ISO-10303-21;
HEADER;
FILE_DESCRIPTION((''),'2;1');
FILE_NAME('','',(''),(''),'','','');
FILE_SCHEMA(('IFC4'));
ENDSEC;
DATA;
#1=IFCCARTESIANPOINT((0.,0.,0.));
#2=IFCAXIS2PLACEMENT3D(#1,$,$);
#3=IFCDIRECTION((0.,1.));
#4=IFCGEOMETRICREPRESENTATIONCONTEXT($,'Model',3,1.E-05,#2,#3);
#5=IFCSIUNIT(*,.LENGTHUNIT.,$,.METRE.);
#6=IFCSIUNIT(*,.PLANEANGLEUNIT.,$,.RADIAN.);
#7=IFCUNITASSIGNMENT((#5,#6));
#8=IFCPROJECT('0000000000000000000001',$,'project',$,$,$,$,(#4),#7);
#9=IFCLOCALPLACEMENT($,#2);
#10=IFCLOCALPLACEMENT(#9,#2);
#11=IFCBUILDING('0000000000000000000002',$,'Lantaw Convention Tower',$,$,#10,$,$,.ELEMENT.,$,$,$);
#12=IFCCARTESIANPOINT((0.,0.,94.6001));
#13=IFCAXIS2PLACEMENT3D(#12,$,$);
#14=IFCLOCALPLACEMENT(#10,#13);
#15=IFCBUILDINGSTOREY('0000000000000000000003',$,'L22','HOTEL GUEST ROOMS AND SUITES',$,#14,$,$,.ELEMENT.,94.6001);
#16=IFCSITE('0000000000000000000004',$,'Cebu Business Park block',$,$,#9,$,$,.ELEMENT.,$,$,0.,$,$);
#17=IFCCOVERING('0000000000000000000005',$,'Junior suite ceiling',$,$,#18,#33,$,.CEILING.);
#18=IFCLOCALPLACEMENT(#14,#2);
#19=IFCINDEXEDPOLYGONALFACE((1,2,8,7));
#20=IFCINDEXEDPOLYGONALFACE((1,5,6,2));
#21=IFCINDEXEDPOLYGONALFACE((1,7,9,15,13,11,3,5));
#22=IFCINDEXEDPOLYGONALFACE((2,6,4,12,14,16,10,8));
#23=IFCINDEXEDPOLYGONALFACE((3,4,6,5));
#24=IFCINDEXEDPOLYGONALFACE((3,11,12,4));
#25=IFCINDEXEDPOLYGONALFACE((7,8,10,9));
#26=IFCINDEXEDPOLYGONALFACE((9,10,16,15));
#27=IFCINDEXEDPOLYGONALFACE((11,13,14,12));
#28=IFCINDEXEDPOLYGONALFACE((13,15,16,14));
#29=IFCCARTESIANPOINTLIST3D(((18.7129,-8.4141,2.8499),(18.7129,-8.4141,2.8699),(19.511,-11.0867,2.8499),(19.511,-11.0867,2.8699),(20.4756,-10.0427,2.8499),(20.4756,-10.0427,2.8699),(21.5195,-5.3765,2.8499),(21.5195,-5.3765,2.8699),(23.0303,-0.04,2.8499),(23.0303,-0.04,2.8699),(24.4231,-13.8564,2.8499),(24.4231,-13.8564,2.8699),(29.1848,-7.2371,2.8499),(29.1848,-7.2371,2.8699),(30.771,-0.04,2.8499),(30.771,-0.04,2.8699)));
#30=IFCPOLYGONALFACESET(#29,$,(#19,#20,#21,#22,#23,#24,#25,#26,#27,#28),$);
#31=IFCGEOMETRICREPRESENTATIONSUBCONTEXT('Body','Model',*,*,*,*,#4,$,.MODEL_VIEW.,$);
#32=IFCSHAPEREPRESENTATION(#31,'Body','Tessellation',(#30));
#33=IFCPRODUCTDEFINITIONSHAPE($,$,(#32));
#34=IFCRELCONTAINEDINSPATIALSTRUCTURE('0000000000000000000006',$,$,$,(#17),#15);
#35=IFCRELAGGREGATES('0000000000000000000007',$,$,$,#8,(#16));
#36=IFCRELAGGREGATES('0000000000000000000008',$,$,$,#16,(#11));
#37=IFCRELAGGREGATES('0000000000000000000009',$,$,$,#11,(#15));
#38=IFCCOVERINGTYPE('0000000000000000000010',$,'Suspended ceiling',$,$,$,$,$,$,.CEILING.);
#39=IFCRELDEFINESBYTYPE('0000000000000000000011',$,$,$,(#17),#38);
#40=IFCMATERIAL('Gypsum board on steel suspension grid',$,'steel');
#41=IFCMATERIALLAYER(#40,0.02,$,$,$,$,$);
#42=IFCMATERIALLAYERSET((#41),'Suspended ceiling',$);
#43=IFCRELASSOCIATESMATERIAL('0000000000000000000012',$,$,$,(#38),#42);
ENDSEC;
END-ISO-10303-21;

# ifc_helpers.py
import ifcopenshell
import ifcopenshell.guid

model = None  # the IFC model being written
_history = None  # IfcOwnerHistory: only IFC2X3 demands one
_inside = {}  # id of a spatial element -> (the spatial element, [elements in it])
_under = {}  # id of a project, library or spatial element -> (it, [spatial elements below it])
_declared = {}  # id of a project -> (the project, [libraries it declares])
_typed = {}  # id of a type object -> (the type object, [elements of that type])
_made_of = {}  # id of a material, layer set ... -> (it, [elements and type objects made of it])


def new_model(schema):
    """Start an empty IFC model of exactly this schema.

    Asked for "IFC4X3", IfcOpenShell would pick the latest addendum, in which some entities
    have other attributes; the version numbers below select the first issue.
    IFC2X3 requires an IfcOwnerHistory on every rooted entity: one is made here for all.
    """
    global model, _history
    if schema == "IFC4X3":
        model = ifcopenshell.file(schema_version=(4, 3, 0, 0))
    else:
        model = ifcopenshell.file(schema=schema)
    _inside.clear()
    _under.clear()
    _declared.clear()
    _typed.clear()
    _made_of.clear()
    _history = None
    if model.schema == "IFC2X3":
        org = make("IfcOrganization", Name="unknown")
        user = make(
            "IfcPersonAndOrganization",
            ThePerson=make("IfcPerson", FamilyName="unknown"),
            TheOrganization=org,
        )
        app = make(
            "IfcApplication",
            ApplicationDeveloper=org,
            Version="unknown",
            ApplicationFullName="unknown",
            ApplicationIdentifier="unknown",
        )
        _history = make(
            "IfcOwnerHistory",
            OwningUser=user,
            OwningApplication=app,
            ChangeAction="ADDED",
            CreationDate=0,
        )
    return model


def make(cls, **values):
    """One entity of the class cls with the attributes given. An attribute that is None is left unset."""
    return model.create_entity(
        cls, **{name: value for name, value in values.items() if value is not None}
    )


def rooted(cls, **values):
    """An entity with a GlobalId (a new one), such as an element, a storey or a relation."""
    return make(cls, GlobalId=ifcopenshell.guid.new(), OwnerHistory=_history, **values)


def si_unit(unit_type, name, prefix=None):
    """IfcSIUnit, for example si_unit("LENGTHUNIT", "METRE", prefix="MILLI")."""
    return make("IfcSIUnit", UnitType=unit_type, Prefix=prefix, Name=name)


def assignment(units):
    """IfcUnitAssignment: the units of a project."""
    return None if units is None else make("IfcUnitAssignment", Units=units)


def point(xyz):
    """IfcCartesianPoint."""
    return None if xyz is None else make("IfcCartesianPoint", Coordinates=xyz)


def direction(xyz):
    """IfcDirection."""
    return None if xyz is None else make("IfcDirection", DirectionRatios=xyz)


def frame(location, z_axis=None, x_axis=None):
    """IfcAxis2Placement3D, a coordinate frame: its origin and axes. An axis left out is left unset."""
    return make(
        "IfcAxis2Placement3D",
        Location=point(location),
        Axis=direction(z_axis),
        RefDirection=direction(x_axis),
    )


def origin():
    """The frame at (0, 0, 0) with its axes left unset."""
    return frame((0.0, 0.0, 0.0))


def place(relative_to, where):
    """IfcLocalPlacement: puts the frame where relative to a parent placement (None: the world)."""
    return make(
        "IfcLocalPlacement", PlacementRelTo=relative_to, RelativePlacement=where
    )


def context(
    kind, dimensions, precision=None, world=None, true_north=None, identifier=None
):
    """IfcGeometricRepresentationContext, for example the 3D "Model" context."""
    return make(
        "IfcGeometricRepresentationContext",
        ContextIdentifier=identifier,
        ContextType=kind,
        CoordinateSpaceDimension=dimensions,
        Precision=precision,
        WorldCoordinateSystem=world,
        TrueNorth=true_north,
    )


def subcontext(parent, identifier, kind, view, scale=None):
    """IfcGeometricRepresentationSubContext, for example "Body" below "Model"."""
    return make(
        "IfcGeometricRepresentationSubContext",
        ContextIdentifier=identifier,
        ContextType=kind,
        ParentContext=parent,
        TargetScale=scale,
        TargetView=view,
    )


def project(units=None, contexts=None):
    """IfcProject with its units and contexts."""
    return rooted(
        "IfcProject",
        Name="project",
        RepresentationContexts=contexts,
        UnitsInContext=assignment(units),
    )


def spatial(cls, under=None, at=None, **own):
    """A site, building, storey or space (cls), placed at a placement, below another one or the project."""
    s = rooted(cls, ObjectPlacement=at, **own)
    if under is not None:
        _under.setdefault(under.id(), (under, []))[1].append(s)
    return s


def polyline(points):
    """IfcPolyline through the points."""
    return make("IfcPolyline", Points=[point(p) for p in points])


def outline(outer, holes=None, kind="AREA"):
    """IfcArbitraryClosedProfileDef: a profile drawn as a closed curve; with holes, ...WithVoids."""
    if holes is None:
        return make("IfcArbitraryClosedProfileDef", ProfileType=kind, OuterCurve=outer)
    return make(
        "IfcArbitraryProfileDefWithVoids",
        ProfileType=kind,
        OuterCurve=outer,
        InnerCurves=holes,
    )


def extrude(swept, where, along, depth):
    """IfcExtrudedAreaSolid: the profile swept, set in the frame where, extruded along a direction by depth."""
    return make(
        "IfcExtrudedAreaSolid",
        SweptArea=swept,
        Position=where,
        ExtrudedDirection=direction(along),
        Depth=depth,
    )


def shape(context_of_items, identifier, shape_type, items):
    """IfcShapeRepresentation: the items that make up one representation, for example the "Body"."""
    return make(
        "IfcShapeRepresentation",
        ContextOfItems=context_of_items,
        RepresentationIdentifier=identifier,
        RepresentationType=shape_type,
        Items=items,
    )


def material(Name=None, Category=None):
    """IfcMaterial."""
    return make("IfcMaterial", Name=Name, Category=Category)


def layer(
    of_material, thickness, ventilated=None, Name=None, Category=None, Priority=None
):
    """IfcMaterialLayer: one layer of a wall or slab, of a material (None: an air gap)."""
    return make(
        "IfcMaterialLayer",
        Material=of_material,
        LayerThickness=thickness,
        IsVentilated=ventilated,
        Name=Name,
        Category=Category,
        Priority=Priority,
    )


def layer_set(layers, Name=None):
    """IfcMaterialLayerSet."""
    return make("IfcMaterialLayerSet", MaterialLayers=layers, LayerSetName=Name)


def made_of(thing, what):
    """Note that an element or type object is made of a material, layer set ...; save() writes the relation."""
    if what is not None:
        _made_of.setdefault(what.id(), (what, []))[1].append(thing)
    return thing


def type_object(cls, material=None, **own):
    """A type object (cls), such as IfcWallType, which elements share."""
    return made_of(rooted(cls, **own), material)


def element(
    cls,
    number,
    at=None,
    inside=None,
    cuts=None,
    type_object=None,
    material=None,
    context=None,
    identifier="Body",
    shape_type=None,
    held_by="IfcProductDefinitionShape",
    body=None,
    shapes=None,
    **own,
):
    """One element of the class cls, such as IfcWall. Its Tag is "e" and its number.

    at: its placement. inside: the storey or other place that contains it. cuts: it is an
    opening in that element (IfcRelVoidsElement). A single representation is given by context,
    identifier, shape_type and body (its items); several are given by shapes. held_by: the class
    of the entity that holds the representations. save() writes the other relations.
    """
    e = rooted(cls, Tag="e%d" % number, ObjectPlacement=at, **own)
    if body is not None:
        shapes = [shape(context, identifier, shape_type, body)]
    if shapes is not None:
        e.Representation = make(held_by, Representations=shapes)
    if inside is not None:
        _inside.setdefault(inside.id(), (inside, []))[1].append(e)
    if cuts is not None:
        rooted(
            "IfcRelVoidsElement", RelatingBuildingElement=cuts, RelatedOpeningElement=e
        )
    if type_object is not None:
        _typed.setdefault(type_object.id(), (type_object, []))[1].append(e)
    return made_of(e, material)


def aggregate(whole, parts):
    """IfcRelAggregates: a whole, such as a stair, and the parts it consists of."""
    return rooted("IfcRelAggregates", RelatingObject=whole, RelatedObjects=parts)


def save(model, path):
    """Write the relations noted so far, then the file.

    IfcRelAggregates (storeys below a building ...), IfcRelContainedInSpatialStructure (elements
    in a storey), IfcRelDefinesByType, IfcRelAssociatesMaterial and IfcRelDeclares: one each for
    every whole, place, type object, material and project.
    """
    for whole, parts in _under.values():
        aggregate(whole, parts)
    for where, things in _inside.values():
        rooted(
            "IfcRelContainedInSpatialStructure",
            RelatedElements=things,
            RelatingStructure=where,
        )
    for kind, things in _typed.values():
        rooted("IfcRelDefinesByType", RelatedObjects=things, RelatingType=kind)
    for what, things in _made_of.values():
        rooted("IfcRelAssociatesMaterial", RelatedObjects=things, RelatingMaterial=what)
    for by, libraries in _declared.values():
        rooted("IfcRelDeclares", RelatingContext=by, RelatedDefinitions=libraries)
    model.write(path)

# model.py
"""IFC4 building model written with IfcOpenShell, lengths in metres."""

from ifc_helpers import new_model, si_unit, direction, frame, origin, place, context, subcontext, project, spatial, polyline, outline, extrude, material, layer, layer_set, type_object, element, save


model = new_model("IFC4")

# Units and contexts
model_context = context("Model", 3, precision=1e-05, world=origin(), true_north=direction((0.0, 1.0)))
body_context = subcontext(model_context, "Body", "Model", "MODEL_VIEW")
ifc_project = project(units=[si_unit("LENGTHUNIT", "METRE"), si_unit("PLANEANGLEUNIT", "RADIAN")], contexts=[model_context])

# Site, building, storey
site_placement = place(None, origin())
site = spatial("IfcSite", under=ifc_project, at=site_placement, Name="Cebu Business Park block", CompositionType="ELEMENT", RefElevation=0.0)
building_placement = place(site_placement, origin())
building = spatial("IfcBuilding", under=site, at=building_placement, Name="Lantaw Convention Tower", CompositionType="ELEMENT")
storey_placement = place(building_placement, frame((0.0, 0.0, 94.6001)))
storey = spatial("IfcBuildingStorey", under=building, at=storey_placement, Name="L22", Description="HOTEL GUEST ROOMS AND SUITES", CompositionType="ELEMENT", Elevation=94.6001)

# Covering
ifc_material_1 = material(Name="Gypsum board on steel suspension grid", Category="steel")
ifc_layer_1 = layer(ifc_material_1, 0.02)
ifc_layer_set_1 = layer_set([ifc_layer_1], Name="Suspended ceiling")
covering_type = type_object("IfcCoveringType", Name="Suspended ceiling", PredefinedType="CEILING", material=ifc_layer_set_1)
covering_1_placement = place(storey_placement, frame((0.0, 0.0, 2.8499)))
element("IfcCovering", 1, at=covering_1_placement, inside=storey, type_object=covering_type, Name="Junior suite ceiling", PredefinedType="CEILING", context=body_context, shape_type="SweptSolid", body=[
    extrude(outline(polyline([(21.5195, -5.3765), (18.7129, -8.4141), (20.4756, -10.0427), (19.511, -11.0867), (24.4231, -13.8564), (29.1848, -7.2371), (30.771, -0.04), (23.0303, -0.04), (21.5195, -5.3765)])), origin(), (0.0, 0.0, 1.0), 0.02),
])

save(model, "model.ifc")
